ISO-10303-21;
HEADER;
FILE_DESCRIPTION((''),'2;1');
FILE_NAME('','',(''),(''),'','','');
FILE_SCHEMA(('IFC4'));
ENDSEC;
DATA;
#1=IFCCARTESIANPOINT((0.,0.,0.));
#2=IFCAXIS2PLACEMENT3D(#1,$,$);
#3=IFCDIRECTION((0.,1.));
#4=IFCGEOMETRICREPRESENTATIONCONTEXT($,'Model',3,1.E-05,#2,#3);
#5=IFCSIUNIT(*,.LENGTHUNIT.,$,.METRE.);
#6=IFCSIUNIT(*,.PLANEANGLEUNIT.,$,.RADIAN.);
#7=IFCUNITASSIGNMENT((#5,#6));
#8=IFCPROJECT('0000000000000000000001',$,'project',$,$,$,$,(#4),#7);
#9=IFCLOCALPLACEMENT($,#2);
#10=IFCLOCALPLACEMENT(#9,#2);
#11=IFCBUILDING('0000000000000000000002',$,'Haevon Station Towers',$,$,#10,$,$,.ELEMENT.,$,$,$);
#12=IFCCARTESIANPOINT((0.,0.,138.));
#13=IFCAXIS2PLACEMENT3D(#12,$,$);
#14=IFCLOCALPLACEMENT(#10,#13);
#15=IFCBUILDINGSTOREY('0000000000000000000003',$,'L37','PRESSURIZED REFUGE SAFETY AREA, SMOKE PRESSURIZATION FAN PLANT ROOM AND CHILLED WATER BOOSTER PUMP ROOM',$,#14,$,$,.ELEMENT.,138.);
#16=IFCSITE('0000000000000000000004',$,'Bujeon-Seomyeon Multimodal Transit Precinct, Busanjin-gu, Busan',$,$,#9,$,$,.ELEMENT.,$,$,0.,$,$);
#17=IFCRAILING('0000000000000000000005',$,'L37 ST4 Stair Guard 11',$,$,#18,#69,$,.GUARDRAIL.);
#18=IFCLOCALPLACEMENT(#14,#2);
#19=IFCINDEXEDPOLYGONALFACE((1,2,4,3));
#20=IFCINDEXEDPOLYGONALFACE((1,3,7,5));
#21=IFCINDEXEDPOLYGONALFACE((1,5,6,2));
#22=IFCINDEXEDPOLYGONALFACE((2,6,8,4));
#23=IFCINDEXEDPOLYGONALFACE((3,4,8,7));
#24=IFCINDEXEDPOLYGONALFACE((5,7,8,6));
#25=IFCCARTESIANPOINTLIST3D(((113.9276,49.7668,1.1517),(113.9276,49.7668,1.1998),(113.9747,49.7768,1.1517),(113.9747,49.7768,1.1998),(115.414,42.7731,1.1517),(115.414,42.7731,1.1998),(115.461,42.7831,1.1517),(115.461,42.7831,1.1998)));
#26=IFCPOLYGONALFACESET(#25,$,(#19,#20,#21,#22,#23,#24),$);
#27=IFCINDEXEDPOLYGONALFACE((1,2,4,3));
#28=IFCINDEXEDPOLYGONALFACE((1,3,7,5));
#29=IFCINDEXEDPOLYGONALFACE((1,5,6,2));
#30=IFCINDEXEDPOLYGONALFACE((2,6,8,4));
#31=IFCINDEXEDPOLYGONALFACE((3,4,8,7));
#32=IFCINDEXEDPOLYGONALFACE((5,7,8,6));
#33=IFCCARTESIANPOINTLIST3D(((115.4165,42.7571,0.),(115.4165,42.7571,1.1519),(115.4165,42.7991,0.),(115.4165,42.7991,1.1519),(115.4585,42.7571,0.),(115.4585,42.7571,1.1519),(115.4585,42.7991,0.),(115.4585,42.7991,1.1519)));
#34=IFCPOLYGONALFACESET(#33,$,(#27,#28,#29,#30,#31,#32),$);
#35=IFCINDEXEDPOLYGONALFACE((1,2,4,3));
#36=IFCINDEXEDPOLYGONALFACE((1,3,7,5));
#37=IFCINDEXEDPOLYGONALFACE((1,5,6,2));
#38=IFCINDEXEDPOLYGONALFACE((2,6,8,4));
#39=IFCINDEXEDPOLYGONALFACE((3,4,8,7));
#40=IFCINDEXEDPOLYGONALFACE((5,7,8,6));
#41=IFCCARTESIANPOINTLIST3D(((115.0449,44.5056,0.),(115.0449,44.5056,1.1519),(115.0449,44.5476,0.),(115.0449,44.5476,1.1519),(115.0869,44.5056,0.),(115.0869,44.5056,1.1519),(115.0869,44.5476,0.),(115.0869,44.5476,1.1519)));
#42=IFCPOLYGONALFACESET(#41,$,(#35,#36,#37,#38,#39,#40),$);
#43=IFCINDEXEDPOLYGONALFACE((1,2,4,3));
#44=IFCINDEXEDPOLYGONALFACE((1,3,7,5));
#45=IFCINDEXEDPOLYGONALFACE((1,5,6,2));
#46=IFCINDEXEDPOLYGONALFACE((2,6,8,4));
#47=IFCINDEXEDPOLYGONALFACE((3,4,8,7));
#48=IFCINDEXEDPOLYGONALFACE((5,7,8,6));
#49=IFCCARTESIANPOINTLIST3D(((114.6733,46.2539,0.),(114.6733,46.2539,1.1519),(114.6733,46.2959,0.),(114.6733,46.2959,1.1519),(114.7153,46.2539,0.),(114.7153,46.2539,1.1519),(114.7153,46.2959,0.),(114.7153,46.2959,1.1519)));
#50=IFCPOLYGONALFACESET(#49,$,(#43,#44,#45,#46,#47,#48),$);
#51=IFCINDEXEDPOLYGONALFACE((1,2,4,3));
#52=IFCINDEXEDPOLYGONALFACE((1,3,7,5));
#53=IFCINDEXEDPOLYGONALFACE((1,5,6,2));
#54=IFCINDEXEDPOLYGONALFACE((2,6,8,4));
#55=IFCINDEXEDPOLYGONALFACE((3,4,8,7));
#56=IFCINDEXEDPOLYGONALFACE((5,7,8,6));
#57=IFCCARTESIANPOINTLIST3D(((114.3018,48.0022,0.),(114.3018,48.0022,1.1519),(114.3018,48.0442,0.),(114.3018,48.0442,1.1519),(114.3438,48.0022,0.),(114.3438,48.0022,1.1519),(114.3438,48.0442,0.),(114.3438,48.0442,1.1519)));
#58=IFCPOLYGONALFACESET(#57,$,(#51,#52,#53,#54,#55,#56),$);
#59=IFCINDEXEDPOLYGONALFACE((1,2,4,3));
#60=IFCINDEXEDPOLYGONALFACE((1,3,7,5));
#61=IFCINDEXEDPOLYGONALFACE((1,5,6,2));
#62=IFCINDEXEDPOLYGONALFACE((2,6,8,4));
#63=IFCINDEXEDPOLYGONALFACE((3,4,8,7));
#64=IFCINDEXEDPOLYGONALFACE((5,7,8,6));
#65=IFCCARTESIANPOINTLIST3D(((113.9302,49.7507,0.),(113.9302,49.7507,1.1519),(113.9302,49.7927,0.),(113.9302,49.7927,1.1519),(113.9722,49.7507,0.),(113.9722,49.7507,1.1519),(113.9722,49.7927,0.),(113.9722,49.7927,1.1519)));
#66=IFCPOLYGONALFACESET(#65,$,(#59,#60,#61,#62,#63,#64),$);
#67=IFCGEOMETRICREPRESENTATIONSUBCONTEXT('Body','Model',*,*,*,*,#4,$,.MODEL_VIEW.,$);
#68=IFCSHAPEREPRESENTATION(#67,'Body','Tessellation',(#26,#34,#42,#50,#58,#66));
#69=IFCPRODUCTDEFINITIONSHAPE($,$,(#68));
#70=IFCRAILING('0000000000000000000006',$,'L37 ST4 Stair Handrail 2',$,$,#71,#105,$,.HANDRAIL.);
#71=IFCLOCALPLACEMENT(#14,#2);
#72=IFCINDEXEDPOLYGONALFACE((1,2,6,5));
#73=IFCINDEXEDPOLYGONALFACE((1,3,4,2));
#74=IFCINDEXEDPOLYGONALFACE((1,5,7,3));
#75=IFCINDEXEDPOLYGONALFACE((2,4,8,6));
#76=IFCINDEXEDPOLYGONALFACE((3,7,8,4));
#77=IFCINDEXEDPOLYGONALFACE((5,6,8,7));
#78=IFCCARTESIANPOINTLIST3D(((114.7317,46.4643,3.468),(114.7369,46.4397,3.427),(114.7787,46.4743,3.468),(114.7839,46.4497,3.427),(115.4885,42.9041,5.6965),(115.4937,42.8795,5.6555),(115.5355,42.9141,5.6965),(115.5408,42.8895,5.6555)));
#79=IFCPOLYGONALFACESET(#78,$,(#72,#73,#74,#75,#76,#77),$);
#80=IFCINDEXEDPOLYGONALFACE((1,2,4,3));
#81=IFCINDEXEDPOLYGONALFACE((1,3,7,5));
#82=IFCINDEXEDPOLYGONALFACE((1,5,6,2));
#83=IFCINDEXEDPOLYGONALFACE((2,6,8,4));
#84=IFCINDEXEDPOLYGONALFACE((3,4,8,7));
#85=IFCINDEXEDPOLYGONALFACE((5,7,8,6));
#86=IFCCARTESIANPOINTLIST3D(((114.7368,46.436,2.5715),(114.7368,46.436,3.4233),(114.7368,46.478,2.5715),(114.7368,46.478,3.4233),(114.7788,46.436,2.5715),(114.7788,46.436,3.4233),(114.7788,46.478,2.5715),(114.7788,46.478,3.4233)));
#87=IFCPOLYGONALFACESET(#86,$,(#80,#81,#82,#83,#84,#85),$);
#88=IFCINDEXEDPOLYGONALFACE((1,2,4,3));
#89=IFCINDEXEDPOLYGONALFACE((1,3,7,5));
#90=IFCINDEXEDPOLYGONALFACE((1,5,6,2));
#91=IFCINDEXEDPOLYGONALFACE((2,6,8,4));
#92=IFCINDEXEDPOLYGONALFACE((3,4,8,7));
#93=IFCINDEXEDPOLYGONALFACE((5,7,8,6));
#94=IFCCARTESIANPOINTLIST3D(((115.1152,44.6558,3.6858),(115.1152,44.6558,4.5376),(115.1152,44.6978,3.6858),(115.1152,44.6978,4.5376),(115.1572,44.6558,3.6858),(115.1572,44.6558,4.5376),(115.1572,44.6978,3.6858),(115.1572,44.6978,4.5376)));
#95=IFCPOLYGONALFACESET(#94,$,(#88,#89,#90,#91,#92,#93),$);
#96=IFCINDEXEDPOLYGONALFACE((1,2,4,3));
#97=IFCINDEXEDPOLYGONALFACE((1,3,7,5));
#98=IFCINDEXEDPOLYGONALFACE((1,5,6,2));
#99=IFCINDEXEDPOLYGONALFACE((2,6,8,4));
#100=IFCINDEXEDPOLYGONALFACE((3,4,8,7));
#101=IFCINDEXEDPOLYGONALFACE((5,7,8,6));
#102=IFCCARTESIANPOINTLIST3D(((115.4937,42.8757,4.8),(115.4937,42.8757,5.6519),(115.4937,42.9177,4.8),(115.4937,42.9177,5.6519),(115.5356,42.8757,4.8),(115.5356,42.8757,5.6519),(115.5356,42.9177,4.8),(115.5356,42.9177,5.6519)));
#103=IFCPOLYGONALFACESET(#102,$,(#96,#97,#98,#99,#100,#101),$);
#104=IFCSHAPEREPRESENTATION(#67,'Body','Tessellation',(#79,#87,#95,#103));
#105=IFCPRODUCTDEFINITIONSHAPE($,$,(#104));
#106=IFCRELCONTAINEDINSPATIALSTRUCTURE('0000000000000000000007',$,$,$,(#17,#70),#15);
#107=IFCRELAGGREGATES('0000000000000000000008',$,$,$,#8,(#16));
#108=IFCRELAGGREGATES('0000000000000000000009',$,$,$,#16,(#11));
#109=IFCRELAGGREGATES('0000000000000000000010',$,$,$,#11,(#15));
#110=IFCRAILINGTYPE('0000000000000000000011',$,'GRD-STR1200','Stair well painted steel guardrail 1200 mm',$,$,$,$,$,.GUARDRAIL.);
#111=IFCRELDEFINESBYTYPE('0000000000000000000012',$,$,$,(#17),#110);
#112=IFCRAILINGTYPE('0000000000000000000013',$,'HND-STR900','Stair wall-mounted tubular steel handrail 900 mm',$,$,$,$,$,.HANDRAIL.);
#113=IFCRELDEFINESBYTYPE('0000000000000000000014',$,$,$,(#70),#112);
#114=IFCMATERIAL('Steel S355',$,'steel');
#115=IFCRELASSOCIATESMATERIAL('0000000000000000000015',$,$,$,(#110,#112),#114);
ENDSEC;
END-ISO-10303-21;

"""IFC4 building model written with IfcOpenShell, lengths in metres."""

from ifc_helpers import new_model, si_unit, direction, frame, origin, origin_2d, place, context, subcontext, project, spatial, rectangle, extrude, material, type_object, element, save


model = new_model("IFC4")

# Units and contexts
model_context = context("Model", 3, precision=1e-05, world=origin(), true_north=direction((0.0, 1.0)))
body_context = subcontext(model_context, "Body", "Model", "MODEL_VIEW")
ifc_project = project(units=[si_unit("LENGTHUNIT", "METRE"), si_unit("PLANEANGLEUNIT", "RADIAN")], contexts=[model_context])

# Site, building, storey
site_placement = place(None, origin())
site = spatial("IfcSite", under=ifc_project, at=site_placement, Name="Bujeon-Seomyeon Multimodal Transit Precinct, Busanjin-gu, Busan", CompositionType="ELEMENT", RefElevation=0.0)
building_placement = place(site_placement, origin())
building = spatial("IfcBuilding", under=site, at=building_placement, Name="Haevon Station Towers", CompositionType="ELEMENT")
storey_placement = place(building_placement, frame((0.0, 0.0, 138.0)))
storey = spatial("IfcBuildingStorey", under=building, at=storey_placement, Name="L37", Description="PRESSURIZED REFUGE SAFETY AREA, SMOKE PRESSURIZATION FAN PLANT ROOM AND CHILLED WATER BOOSTER PUMP ROOM", CompositionType="ELEMENT", Elevation=138.0)

# Shared definitions
ifc_material_1 = material(Name="Steel S355", Category="steel")

# Railings
railing_type_1 = type_object("IfcRailingType", Name="GRD-STR1200", Description="Stair well painted steel guardrail 1200 mm", PredefinedType="GUARDRAIL", material=ifc_material_1)
railing_1_placement = place(storey_placement, frame((115.4375, 42.7781, 0.0)))
element("IfcRailing", 1, at=railing_1_placement, inside=storey, type_object=railing_type_1, Name="L37 ST4 Stair Guard 11", PredefinedType="GUARDRAIL", context=body_context, shape_type="SweptSolid", body=[
    extrude(rectangle(XDim=0.0481, YDim=0.0481, at=origin_2d()), frame((0.0, 0.0, 1.1758), z_axis=(-0.207882, 0.978154, 0.0), x_axis=(-0.978154, -0.207882, 0.0)), (0.0, 0.0, 1.0), 7.1499),
    extrude(rectangle(XDim=0.042, YDim=0.042, at=origin_2d()), origin(), (0.0, 0.0, 1.0), 1.1519),
    extrude(rectangle(XDim=0.042, YDim=0.042, at=origin_2d()), frame((-0.3716, 1.7485, 0.0)), (0.0, 0.0, 1.0), 1.1519),
    extrude(rectangle(XDim=0.042, YDim=0.042, at=origin_2d()), frame((-0.7432, 3.4968, 0.0)), (0.0, 0.0, 1.0), 1.1519),
    extrude(rectangle(XDim=0.042, YDim=0.042, at=origin_2d()), frame((-1.1147, 5.2451, 0.0)), (0.0, 0.0, 1.0), 1.1519),
    extrude(rectangle(XDim=0.042, YDim=0.042, at=origin_2d()), frame((-1.4863, 6.9937, 0.0)), (0.0, 0.0, 1.0), 1.1519),
])
railing_type_2 = type_object("IfcRailingType", Name="HND-STR900", Description="Stair wall-mounted tubular steel handrail 900 mm", PredefinedType="HANDRAIL", material=ifc_material_1)
railing_2_placement = place(storey_placement, frame((114.7578, 46.457, 2.5715)))
element("IfcRailing", 2, at=railing_2_placement, inside=storey, type_object=railing_type_2, Name="L37 ST4 Stair Handrail 2", PredefinedType="HANDRAIL", context=body_context, shape_type="SweptSolid", body=[
    extrude(rectangle(XDim=0.0481, YDim=0.0481, at=origin_2d()), frame((0.0, 0.0, 0.876), z_axis=(0.177333, -0.834208, 0.522159), x_axis=(0.978144, 0.20793, 0.0)), (0.0, 0.0, 1.0), 4.2678),
    extrude(rectangle(XDim=0.042, YDim=0.042, at=origin_2d()), origin(), (0.0, 0.0, 1.0), 0.8518),
    extrude(rectangle(XDim=0.042, YDim=0.042, at=origin_2d()), frame((0.3784, -1.7803, 1.1143)), (0.0, 0.0, 1.0), 0.8518),
    extrude(rectangle(XDim=0.042, YDim=0.042, at=origin_2d()), frame((0.7568, -3.5603, 2.2285)), (0.0, 0.0, 1.0), 0.8518),
])

save(model, "model.ifc")
